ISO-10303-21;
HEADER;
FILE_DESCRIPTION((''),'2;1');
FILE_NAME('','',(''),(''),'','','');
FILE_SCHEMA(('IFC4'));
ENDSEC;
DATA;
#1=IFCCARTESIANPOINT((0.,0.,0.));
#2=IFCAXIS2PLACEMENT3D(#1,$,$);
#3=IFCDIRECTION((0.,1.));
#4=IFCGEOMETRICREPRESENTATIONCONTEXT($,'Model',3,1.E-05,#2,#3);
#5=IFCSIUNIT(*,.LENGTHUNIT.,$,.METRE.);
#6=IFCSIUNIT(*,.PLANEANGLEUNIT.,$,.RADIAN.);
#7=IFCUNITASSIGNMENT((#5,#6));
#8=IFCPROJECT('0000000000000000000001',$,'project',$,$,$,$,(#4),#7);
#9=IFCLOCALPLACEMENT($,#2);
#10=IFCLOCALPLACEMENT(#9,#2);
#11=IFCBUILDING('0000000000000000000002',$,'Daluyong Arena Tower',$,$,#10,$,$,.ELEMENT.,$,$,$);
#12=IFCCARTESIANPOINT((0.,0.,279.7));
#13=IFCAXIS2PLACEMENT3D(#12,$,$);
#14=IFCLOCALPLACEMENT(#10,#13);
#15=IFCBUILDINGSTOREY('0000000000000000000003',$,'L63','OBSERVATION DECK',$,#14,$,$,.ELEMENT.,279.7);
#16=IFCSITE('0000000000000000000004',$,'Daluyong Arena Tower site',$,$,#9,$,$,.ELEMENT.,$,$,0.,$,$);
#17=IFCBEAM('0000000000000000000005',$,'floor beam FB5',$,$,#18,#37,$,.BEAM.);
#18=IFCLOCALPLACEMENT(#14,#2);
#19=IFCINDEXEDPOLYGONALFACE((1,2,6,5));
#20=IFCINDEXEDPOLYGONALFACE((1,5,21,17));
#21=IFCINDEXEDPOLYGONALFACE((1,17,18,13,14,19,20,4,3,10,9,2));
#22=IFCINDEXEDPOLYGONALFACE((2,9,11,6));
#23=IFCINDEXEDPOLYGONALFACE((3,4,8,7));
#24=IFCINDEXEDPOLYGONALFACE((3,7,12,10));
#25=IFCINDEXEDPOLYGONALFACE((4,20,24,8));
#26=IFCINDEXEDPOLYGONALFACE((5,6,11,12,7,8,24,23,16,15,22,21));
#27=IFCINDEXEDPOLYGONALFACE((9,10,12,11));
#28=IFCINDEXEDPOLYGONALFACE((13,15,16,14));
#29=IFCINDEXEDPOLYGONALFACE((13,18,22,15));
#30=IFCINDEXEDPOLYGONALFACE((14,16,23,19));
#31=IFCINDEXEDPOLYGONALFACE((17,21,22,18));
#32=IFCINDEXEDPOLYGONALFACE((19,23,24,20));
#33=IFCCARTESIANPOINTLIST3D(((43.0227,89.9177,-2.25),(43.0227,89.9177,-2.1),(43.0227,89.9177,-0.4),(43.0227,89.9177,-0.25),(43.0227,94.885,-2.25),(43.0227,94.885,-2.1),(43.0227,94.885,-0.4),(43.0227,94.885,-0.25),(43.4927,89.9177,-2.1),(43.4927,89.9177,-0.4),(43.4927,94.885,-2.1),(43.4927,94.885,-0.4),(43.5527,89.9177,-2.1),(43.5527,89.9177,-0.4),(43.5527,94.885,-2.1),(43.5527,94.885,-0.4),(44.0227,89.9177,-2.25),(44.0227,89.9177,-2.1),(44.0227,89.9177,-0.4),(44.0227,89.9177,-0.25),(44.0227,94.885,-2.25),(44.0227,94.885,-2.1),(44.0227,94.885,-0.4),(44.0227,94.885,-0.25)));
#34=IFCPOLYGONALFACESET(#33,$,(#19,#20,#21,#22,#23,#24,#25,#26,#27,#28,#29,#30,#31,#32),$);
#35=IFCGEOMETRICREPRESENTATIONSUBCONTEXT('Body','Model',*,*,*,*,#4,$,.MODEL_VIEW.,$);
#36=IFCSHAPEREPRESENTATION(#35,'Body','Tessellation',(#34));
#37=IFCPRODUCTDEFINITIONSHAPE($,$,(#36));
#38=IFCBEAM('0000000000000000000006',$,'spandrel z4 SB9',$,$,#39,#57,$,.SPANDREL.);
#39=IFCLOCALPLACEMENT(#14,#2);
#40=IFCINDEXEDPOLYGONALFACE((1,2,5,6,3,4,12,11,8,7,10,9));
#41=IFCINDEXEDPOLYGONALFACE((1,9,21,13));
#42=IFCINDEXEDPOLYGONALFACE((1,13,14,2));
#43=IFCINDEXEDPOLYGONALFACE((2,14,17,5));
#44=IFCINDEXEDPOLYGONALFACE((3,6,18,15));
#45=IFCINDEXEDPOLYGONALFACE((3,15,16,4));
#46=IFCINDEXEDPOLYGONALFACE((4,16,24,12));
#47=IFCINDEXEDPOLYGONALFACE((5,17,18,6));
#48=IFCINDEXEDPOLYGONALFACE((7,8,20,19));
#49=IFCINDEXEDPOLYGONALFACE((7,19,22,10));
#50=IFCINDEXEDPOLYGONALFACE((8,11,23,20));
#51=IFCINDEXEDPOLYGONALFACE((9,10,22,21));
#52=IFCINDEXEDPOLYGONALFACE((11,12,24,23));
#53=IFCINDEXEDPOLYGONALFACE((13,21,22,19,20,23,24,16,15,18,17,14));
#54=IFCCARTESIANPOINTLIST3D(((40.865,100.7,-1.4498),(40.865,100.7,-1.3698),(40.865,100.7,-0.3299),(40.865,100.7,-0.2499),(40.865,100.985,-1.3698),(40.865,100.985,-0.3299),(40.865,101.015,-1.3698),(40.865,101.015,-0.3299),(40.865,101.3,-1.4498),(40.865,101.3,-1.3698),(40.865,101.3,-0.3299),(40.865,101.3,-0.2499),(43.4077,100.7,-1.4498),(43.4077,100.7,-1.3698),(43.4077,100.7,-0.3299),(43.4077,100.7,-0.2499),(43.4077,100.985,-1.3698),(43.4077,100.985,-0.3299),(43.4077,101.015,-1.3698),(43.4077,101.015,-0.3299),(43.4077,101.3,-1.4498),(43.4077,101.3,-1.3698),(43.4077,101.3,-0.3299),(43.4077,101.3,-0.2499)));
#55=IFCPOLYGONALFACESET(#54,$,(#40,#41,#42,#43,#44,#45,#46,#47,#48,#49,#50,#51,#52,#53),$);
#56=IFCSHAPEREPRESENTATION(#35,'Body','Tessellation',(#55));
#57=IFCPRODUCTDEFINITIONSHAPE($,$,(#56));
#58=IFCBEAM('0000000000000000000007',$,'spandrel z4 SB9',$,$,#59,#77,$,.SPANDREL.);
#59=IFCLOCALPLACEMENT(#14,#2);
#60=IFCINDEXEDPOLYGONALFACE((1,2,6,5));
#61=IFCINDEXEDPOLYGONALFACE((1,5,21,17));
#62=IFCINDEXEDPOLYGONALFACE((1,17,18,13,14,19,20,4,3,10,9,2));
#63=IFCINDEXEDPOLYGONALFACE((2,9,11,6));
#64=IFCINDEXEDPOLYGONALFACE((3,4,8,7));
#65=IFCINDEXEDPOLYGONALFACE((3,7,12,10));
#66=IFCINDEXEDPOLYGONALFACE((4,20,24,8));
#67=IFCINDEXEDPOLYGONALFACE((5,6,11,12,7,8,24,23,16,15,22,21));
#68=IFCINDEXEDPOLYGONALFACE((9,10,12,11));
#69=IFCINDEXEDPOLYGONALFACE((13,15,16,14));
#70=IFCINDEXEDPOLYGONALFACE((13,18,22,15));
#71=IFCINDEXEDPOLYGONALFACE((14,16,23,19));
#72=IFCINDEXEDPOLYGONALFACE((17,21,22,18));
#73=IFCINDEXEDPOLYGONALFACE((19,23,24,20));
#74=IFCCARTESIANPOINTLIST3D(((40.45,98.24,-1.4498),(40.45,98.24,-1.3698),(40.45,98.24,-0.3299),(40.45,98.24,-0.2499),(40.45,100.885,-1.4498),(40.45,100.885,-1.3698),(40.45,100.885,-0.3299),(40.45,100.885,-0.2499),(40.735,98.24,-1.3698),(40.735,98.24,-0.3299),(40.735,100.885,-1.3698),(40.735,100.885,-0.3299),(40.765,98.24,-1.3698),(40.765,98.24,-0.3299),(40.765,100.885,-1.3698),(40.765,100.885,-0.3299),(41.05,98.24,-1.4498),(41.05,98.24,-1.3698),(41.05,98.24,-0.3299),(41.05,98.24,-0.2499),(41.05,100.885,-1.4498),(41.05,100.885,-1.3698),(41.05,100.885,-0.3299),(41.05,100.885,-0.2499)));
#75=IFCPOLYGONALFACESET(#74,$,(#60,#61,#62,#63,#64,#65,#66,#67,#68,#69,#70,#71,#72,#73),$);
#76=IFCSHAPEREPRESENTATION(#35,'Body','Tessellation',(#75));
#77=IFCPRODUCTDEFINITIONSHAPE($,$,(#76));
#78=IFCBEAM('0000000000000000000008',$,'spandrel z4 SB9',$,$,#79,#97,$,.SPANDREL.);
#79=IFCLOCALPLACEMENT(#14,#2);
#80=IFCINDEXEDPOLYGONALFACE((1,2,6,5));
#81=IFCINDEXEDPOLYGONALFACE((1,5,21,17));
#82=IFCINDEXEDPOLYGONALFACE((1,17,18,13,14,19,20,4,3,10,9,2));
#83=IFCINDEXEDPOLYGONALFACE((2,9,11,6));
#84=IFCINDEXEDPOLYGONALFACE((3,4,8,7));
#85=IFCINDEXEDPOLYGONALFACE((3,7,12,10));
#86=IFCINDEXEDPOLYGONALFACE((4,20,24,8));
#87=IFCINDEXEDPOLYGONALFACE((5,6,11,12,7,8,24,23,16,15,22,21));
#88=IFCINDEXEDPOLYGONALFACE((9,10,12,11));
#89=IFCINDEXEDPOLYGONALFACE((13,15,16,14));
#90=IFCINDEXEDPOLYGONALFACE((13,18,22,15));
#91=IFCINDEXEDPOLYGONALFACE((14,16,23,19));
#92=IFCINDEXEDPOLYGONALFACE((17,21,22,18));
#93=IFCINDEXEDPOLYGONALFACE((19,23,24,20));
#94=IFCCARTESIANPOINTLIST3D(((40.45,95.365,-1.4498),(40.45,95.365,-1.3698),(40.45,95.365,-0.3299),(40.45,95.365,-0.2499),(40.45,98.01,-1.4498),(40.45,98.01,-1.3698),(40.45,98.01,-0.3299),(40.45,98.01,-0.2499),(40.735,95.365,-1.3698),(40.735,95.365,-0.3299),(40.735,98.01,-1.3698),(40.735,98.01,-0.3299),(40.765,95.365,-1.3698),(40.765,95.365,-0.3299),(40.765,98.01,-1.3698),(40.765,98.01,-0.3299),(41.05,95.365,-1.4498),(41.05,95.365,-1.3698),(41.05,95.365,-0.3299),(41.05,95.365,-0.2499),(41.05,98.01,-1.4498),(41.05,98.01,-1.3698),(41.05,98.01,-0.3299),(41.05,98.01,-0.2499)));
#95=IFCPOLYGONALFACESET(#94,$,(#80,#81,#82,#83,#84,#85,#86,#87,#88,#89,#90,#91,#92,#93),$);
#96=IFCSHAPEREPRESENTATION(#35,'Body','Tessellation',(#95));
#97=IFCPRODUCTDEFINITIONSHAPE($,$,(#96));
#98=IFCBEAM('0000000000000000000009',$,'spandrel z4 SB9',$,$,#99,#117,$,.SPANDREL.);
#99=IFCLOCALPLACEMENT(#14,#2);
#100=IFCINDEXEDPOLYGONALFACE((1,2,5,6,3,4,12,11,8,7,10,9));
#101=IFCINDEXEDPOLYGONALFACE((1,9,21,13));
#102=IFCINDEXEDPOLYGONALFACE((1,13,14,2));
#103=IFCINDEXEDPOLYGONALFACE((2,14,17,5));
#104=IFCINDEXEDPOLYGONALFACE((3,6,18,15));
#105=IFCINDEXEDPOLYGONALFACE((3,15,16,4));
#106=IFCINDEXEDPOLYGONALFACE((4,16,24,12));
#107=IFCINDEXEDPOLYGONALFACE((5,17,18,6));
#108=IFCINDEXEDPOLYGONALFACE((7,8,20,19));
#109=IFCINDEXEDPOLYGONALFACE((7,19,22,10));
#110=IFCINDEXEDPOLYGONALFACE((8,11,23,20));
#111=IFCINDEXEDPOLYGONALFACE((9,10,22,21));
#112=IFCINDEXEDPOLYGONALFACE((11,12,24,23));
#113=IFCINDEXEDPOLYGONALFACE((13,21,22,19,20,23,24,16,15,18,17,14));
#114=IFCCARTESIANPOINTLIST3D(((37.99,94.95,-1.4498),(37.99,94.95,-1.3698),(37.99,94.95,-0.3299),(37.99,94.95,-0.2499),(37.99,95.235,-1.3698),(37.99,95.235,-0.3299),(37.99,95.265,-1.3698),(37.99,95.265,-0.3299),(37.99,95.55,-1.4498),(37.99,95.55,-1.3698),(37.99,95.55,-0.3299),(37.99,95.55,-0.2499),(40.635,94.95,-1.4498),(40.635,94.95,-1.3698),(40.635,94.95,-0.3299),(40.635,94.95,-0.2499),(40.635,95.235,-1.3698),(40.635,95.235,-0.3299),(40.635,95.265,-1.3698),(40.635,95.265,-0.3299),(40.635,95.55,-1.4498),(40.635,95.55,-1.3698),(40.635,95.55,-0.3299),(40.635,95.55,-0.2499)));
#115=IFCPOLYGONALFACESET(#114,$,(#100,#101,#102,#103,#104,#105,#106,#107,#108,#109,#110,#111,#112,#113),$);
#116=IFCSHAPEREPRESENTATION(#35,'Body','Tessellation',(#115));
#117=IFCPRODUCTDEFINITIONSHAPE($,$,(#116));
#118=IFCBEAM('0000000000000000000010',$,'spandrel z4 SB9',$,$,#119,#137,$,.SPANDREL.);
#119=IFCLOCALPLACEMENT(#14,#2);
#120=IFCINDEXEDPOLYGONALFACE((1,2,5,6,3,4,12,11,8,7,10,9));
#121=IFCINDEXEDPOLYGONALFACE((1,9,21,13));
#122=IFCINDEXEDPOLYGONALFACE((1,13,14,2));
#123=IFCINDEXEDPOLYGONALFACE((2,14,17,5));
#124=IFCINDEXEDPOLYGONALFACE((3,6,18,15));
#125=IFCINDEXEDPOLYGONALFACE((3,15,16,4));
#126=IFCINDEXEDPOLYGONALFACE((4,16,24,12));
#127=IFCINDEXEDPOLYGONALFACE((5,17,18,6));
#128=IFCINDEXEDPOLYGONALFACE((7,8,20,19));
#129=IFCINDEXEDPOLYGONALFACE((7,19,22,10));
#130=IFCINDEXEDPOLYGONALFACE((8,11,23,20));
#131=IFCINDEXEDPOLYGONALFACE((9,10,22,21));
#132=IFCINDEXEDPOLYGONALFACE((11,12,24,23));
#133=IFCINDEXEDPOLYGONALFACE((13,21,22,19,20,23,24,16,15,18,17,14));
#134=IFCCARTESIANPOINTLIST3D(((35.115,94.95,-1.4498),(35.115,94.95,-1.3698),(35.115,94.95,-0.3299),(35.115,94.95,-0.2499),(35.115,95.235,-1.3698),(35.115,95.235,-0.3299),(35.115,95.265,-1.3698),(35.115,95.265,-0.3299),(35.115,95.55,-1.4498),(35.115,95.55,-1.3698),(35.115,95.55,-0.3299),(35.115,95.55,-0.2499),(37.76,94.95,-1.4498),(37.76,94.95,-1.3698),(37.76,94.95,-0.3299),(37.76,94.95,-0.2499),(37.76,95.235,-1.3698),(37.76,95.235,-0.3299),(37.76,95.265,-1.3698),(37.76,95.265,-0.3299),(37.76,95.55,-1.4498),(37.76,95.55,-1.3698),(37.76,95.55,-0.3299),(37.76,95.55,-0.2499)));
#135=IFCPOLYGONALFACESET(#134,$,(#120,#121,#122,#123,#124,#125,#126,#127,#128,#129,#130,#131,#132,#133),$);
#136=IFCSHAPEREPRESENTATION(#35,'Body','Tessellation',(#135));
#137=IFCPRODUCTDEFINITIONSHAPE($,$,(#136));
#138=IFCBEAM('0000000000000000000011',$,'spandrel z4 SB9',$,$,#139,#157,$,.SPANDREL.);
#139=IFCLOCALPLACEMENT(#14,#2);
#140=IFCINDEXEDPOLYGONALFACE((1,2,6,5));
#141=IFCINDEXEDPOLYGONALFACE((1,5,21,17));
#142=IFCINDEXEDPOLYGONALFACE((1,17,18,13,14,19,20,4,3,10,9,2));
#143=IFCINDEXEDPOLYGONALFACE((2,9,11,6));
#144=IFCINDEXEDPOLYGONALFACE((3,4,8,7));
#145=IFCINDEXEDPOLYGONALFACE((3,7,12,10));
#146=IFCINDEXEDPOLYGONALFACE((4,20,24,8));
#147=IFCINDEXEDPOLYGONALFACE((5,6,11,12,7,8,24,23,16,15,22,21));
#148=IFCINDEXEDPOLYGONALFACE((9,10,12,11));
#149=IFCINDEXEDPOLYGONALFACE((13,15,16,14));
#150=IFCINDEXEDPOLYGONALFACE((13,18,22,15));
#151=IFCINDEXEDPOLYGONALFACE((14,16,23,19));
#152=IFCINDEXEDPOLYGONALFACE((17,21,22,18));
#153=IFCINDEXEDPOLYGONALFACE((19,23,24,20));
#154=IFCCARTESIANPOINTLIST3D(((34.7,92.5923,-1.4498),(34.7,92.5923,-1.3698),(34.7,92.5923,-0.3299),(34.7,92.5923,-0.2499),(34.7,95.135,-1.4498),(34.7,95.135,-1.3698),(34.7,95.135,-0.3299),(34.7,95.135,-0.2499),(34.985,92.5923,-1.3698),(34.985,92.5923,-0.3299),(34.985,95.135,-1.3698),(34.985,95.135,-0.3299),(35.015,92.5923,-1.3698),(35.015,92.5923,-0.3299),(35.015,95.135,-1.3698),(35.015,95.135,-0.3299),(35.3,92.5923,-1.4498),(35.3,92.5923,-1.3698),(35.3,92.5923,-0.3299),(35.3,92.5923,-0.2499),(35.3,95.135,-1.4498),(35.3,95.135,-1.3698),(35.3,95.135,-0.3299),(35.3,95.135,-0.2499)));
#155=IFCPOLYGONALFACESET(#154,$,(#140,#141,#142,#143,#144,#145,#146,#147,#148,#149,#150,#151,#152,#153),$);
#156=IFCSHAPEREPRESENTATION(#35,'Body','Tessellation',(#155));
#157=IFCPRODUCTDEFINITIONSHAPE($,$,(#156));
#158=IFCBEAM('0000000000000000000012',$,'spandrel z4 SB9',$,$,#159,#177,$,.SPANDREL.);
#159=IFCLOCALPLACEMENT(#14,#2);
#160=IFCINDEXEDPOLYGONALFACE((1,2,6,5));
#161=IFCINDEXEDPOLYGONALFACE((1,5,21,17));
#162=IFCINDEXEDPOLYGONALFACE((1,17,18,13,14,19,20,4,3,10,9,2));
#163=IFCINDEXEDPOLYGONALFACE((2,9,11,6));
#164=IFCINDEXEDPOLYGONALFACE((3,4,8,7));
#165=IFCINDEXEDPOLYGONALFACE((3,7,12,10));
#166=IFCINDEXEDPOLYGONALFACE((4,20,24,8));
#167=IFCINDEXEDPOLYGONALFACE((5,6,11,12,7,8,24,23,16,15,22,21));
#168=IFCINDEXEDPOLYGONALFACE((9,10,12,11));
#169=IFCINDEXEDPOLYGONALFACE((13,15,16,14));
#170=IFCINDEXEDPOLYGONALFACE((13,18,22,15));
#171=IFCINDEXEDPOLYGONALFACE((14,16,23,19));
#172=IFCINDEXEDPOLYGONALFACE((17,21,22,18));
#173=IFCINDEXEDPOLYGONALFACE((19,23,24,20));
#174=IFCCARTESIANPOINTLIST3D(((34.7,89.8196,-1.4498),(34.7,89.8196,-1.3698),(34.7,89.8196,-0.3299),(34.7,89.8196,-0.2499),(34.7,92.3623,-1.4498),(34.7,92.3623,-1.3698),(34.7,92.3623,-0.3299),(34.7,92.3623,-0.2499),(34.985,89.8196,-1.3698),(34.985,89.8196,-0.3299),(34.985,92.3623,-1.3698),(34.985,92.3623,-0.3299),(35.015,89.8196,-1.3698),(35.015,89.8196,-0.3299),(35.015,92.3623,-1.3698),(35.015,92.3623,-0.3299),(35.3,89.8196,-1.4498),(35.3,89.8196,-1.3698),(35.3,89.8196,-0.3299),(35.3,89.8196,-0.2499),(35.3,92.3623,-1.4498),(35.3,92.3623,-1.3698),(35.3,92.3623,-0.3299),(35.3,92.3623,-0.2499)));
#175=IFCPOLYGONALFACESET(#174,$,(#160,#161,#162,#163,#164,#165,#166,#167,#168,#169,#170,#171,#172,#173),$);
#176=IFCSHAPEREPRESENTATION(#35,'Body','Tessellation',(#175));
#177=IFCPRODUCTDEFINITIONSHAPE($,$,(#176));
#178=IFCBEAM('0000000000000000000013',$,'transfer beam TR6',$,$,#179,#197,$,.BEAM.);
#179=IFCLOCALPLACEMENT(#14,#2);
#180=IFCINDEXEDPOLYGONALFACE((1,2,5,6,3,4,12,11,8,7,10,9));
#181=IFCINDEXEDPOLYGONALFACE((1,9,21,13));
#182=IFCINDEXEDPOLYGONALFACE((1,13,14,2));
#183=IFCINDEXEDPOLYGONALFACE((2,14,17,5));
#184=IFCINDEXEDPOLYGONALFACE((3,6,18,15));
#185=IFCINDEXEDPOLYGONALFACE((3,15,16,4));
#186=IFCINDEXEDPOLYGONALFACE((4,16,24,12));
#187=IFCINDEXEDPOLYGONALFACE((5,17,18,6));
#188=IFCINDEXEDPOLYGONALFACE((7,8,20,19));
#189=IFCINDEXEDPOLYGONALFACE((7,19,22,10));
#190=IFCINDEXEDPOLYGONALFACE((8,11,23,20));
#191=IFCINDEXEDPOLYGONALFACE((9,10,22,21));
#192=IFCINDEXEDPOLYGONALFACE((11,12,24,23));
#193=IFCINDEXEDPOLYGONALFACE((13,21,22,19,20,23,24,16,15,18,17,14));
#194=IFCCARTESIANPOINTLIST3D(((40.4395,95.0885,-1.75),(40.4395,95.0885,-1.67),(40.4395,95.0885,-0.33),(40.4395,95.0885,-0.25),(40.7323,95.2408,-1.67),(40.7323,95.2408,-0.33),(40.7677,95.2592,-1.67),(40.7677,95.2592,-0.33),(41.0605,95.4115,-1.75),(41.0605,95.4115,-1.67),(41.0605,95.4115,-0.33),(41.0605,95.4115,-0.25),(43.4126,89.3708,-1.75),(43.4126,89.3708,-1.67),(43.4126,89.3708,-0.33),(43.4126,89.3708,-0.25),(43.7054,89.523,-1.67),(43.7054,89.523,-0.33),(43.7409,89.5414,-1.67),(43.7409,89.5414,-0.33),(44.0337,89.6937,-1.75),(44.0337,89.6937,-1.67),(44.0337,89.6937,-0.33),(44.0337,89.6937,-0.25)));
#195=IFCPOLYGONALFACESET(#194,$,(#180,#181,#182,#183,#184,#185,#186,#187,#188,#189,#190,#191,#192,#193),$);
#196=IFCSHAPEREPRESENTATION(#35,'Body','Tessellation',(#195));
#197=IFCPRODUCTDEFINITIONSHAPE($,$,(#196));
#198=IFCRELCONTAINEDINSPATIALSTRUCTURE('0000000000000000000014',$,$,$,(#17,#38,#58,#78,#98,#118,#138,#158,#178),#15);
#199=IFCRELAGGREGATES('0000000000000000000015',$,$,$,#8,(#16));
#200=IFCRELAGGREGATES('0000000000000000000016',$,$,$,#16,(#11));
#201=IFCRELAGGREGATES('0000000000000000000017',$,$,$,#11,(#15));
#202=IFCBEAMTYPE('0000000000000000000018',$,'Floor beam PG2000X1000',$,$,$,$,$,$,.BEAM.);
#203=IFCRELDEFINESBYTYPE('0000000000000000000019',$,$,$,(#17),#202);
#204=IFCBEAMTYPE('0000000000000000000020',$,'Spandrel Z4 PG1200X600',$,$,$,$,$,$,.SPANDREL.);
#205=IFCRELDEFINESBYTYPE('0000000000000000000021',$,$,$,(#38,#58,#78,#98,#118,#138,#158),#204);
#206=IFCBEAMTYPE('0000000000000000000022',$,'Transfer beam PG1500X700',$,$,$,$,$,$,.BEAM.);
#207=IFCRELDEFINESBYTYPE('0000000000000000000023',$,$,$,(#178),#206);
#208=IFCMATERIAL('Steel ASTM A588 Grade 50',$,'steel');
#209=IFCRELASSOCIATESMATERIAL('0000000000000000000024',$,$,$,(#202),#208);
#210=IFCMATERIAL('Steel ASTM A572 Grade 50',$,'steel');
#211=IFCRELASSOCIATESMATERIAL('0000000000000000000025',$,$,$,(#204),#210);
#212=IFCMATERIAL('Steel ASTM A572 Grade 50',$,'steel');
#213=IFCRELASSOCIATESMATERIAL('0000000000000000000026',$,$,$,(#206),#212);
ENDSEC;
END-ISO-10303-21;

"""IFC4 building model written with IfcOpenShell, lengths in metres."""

from ifc_helpers import new_model, si_unit, direction, frame, origin, origin_2d, place, context, subcontext, project, spatial, i_section, extrude, material, material_profile, profile_set, type_object, element, save


model = new_model("IFC4")

# Units and contexts
model_context = context("Model", 3, precision=1e-05, world=origin(), true_north=direction((0.0, 1.0)))
body_context = subcontext(model_context, "Body", "Model", "MODEL_VIEW")
ifc_project = project(units=[si_unit("LENGTHUNIT", "METRE"), si_unit("PLANEANGLEUNIT", "RADIAN")], contexts=[model_context])

# Site, building, storey
site_placement = place(None, origin())
site = spatial("IfcSite", under=ifc_project, at=site_placement, Name="Daluyong Arena Tower site", CompositionType="ELEMENT", RefElevation=0.0)
building_placement = place(site_placement, origin())
building = spatial("IfcBuilding", under=site, at=building_placement, Name="Daluyong Arena Tower", CompositionType="ELEMENT")
storey_placement = place(building_placement, frame((0.0, 0.0, 279.7)))
storey = spatial("IfcBuildingStorey", under=building, at=storey_placement, Name="L63", Description="OBSERVATION DECK", CompositionType="ELEMENT", Elevation=279.7)

# Beams
ifc_material_1 = material(Name="Steel ASTM A588 Grade 50", Category="steel")
ifc_material_profile_1 = material_profile(ifc_material_1, i_section(OverallWidth=1.0, OverallDepth=2.0, WebThickness=0.06, FlangeThickness=0.15, at=origin_2d()))
ifc_profile_set_1 = profile_set([ifc_material_profile_1], Name="Steel ASTM A588 Grade 50")
beam_type_1 = type_object("IfcBeamType", Name="Floor beam PG2000X1000", PredefinedType="BEAM", material=ifc_profile_set_1)
beam_1_placement = place(storey_placement, frame((43.5227, 94.885, -1.25), z_axis=(0.0, -1.0, 0.0), x_axis=(1.0, 0.0, 0.0)))
element("IfcBeam", 1, at=beam_1_placement, inside=storey, type_object=beam_type_1, Name="floor beam FB5", PredefinedType="BEAM", context=body_context, shape_type="SweptSolid", body=[
    extrude(i_section(OverallWidth=1.0, OverallDepth=2.0, WebThickness=0.06, FlangeThickness=0.15, at=origin_2d()), origin(), (0.0, 0.0, 1.0), 4.9673),
])
ifc_material_2 = material(Name="Steel ASTM A572 Grade 50", Category="steel")
ifc_material_profile_2 = material_profile(ifc_material_2, i_section(OverallWidth=0.6001, OverallDepth=1.2, WebThickness=0.03, FlangeThickness=0.08, at=origin_2d()))
ifc_profile_set_2 = profile_set([ifc_material_profile_2], Name="Steel ASTM A572 Grade 50")
beam_type_2 = type_object("IfcBeamType", Name="Spandrel Z4 PG1200X600", PredefinedType="SPANDREL", material=ifc_profile_set_2)
beam_2_placement = place(storey_placement, frame((43.4077, 101.0, -0.8499), z_axis=(-1.0, 0.0, 0.0), x_axis=(0.0, -1.0, 0.0)))
element("IfcBeam", 2, at=beam_2_placement, inside=storey, type_object=beam_type_2, Name="spandrel z4 SB9", PredefinedType="SPANDREL", context=body_context, shape_type="SweptSolid", body=[
    extrude(i_section(OverallWidth=0.6001, OverallDepth=1.2, WebThickness=0.03, FlangeThickness=0.08, at=origin_2d()), origin(), (0.0, 0.0, 1.0), 2.5427),
])
for number, where, z_axis, x_axis, name in (
    (3, (40.75, 100.885, -0.8499), (0.0, -1.0, 0.0), (1.0, 0.0, 0.0), "spandrel z4 SB9"),
    (4, (40.75, 98.01, -0.8499), (0.0, -1.0, 0.0), (1.0, 0.0, 0.0), "spandrel z4 SB9"),
    (5, (40.635, 95.25, -0.8499), (-1.0, 0.0, 0.0), (0.0, -1.0, 0.0), "spandrel z4 SB9"),
    (6, (37.76, 95.25, -0.8499), (-1.0, 0.0, 0.0), (0.0, -1.0, 0.0), "spandrel z4 SB9"),
):
    element("IfcBeam", number, at=place(storey_placement, frame(where, z_axis=z_axis, x_axis=x_axis)), inside=storey, type_object=beam_type_2, Name=name, PredefinedType="SPANDREL", context=body_context, shape_type="SweptSolid", body=[
        extrude(i_section(OverallWidth=0.6001, OverallDepth=1.2, WebThickness=0.03, FlangeThickness=0.08, at=origin_2d()), origin(), (0.0, 0.0, 1.0), 2.645),
    ])
for number, where, z_axis, x_axis, name in (
    (7, (35.0, 95.135, -0.8499), (0.0, -1.0, 0.0), (1.0, 0.0, 0.0), "spandrel z4 SB9"),
    (8, (35.0, 92.3623, -0.8499), (0.0, -1.0, 0.0), (1.0, 0.0, 0.0), "spandrel z4 SB9"),
):
    element("IfcBeam", number, at=place(storey_placement, frame(where, z_axis=z_axis, x_axis=x_axis)), inside=storey, type_object=beam_type_2, Name=name, PredefinedType="SPANDREL", context=body_context, shape_type="SweptSolid", body=[
        extrude(i_section(OverallWidth=0.6001, OverallDepth=1.2, WebThickness=0.03, FlangeThickness=0.08, at=origin_2d()), origin(), (0.0, 0.0, 1.0), 2.5427),
    ])
ifc_material_3 = material(Name="Steel ASTM A572 Grade 50", Category="steel")
ifc_material_profile_3 = material_profile(ifc_material_3, i_section(OverallWidth=0.7, OverallDepth=1.5, WebThickness=0.04, FlangeThickness=0.08, at=origin_2d()))
ifc_profile_set_3 = profile_set([ifc_material_profile_3], Name="Steel ASTM A572 Grade 50")
beam_type_3 = type_object("IfcBeamType", Name="Transfer beam PG1500X700", PredefinedType="BEAM", material=ifc_profile_set_3)
beam_3_placement = place(storey_placement, frame((40.75, 95.25, -1.0), z_axis=(0.461341, -0.887223, 0.0), x_axis=(0.887223, 0.461341, 0.0)))
element("IfcBeam", 9, at=beam_3_placement, inside=storey, type_object=beam_type_3, Name="transfer beam TR6", PredefinedType="BEAM", context=body_context, shape_type="SweptSolid", body=[
    extrude(i_section(OverallWidth=0.7, OverallDepth=1.5, WebThickness=0.04, FlangeThickness=0.08, at=origin_2d()), origin(), (0.0, 0.0, 1.0), 6.4446),
])

save(model, "model.ifc")
